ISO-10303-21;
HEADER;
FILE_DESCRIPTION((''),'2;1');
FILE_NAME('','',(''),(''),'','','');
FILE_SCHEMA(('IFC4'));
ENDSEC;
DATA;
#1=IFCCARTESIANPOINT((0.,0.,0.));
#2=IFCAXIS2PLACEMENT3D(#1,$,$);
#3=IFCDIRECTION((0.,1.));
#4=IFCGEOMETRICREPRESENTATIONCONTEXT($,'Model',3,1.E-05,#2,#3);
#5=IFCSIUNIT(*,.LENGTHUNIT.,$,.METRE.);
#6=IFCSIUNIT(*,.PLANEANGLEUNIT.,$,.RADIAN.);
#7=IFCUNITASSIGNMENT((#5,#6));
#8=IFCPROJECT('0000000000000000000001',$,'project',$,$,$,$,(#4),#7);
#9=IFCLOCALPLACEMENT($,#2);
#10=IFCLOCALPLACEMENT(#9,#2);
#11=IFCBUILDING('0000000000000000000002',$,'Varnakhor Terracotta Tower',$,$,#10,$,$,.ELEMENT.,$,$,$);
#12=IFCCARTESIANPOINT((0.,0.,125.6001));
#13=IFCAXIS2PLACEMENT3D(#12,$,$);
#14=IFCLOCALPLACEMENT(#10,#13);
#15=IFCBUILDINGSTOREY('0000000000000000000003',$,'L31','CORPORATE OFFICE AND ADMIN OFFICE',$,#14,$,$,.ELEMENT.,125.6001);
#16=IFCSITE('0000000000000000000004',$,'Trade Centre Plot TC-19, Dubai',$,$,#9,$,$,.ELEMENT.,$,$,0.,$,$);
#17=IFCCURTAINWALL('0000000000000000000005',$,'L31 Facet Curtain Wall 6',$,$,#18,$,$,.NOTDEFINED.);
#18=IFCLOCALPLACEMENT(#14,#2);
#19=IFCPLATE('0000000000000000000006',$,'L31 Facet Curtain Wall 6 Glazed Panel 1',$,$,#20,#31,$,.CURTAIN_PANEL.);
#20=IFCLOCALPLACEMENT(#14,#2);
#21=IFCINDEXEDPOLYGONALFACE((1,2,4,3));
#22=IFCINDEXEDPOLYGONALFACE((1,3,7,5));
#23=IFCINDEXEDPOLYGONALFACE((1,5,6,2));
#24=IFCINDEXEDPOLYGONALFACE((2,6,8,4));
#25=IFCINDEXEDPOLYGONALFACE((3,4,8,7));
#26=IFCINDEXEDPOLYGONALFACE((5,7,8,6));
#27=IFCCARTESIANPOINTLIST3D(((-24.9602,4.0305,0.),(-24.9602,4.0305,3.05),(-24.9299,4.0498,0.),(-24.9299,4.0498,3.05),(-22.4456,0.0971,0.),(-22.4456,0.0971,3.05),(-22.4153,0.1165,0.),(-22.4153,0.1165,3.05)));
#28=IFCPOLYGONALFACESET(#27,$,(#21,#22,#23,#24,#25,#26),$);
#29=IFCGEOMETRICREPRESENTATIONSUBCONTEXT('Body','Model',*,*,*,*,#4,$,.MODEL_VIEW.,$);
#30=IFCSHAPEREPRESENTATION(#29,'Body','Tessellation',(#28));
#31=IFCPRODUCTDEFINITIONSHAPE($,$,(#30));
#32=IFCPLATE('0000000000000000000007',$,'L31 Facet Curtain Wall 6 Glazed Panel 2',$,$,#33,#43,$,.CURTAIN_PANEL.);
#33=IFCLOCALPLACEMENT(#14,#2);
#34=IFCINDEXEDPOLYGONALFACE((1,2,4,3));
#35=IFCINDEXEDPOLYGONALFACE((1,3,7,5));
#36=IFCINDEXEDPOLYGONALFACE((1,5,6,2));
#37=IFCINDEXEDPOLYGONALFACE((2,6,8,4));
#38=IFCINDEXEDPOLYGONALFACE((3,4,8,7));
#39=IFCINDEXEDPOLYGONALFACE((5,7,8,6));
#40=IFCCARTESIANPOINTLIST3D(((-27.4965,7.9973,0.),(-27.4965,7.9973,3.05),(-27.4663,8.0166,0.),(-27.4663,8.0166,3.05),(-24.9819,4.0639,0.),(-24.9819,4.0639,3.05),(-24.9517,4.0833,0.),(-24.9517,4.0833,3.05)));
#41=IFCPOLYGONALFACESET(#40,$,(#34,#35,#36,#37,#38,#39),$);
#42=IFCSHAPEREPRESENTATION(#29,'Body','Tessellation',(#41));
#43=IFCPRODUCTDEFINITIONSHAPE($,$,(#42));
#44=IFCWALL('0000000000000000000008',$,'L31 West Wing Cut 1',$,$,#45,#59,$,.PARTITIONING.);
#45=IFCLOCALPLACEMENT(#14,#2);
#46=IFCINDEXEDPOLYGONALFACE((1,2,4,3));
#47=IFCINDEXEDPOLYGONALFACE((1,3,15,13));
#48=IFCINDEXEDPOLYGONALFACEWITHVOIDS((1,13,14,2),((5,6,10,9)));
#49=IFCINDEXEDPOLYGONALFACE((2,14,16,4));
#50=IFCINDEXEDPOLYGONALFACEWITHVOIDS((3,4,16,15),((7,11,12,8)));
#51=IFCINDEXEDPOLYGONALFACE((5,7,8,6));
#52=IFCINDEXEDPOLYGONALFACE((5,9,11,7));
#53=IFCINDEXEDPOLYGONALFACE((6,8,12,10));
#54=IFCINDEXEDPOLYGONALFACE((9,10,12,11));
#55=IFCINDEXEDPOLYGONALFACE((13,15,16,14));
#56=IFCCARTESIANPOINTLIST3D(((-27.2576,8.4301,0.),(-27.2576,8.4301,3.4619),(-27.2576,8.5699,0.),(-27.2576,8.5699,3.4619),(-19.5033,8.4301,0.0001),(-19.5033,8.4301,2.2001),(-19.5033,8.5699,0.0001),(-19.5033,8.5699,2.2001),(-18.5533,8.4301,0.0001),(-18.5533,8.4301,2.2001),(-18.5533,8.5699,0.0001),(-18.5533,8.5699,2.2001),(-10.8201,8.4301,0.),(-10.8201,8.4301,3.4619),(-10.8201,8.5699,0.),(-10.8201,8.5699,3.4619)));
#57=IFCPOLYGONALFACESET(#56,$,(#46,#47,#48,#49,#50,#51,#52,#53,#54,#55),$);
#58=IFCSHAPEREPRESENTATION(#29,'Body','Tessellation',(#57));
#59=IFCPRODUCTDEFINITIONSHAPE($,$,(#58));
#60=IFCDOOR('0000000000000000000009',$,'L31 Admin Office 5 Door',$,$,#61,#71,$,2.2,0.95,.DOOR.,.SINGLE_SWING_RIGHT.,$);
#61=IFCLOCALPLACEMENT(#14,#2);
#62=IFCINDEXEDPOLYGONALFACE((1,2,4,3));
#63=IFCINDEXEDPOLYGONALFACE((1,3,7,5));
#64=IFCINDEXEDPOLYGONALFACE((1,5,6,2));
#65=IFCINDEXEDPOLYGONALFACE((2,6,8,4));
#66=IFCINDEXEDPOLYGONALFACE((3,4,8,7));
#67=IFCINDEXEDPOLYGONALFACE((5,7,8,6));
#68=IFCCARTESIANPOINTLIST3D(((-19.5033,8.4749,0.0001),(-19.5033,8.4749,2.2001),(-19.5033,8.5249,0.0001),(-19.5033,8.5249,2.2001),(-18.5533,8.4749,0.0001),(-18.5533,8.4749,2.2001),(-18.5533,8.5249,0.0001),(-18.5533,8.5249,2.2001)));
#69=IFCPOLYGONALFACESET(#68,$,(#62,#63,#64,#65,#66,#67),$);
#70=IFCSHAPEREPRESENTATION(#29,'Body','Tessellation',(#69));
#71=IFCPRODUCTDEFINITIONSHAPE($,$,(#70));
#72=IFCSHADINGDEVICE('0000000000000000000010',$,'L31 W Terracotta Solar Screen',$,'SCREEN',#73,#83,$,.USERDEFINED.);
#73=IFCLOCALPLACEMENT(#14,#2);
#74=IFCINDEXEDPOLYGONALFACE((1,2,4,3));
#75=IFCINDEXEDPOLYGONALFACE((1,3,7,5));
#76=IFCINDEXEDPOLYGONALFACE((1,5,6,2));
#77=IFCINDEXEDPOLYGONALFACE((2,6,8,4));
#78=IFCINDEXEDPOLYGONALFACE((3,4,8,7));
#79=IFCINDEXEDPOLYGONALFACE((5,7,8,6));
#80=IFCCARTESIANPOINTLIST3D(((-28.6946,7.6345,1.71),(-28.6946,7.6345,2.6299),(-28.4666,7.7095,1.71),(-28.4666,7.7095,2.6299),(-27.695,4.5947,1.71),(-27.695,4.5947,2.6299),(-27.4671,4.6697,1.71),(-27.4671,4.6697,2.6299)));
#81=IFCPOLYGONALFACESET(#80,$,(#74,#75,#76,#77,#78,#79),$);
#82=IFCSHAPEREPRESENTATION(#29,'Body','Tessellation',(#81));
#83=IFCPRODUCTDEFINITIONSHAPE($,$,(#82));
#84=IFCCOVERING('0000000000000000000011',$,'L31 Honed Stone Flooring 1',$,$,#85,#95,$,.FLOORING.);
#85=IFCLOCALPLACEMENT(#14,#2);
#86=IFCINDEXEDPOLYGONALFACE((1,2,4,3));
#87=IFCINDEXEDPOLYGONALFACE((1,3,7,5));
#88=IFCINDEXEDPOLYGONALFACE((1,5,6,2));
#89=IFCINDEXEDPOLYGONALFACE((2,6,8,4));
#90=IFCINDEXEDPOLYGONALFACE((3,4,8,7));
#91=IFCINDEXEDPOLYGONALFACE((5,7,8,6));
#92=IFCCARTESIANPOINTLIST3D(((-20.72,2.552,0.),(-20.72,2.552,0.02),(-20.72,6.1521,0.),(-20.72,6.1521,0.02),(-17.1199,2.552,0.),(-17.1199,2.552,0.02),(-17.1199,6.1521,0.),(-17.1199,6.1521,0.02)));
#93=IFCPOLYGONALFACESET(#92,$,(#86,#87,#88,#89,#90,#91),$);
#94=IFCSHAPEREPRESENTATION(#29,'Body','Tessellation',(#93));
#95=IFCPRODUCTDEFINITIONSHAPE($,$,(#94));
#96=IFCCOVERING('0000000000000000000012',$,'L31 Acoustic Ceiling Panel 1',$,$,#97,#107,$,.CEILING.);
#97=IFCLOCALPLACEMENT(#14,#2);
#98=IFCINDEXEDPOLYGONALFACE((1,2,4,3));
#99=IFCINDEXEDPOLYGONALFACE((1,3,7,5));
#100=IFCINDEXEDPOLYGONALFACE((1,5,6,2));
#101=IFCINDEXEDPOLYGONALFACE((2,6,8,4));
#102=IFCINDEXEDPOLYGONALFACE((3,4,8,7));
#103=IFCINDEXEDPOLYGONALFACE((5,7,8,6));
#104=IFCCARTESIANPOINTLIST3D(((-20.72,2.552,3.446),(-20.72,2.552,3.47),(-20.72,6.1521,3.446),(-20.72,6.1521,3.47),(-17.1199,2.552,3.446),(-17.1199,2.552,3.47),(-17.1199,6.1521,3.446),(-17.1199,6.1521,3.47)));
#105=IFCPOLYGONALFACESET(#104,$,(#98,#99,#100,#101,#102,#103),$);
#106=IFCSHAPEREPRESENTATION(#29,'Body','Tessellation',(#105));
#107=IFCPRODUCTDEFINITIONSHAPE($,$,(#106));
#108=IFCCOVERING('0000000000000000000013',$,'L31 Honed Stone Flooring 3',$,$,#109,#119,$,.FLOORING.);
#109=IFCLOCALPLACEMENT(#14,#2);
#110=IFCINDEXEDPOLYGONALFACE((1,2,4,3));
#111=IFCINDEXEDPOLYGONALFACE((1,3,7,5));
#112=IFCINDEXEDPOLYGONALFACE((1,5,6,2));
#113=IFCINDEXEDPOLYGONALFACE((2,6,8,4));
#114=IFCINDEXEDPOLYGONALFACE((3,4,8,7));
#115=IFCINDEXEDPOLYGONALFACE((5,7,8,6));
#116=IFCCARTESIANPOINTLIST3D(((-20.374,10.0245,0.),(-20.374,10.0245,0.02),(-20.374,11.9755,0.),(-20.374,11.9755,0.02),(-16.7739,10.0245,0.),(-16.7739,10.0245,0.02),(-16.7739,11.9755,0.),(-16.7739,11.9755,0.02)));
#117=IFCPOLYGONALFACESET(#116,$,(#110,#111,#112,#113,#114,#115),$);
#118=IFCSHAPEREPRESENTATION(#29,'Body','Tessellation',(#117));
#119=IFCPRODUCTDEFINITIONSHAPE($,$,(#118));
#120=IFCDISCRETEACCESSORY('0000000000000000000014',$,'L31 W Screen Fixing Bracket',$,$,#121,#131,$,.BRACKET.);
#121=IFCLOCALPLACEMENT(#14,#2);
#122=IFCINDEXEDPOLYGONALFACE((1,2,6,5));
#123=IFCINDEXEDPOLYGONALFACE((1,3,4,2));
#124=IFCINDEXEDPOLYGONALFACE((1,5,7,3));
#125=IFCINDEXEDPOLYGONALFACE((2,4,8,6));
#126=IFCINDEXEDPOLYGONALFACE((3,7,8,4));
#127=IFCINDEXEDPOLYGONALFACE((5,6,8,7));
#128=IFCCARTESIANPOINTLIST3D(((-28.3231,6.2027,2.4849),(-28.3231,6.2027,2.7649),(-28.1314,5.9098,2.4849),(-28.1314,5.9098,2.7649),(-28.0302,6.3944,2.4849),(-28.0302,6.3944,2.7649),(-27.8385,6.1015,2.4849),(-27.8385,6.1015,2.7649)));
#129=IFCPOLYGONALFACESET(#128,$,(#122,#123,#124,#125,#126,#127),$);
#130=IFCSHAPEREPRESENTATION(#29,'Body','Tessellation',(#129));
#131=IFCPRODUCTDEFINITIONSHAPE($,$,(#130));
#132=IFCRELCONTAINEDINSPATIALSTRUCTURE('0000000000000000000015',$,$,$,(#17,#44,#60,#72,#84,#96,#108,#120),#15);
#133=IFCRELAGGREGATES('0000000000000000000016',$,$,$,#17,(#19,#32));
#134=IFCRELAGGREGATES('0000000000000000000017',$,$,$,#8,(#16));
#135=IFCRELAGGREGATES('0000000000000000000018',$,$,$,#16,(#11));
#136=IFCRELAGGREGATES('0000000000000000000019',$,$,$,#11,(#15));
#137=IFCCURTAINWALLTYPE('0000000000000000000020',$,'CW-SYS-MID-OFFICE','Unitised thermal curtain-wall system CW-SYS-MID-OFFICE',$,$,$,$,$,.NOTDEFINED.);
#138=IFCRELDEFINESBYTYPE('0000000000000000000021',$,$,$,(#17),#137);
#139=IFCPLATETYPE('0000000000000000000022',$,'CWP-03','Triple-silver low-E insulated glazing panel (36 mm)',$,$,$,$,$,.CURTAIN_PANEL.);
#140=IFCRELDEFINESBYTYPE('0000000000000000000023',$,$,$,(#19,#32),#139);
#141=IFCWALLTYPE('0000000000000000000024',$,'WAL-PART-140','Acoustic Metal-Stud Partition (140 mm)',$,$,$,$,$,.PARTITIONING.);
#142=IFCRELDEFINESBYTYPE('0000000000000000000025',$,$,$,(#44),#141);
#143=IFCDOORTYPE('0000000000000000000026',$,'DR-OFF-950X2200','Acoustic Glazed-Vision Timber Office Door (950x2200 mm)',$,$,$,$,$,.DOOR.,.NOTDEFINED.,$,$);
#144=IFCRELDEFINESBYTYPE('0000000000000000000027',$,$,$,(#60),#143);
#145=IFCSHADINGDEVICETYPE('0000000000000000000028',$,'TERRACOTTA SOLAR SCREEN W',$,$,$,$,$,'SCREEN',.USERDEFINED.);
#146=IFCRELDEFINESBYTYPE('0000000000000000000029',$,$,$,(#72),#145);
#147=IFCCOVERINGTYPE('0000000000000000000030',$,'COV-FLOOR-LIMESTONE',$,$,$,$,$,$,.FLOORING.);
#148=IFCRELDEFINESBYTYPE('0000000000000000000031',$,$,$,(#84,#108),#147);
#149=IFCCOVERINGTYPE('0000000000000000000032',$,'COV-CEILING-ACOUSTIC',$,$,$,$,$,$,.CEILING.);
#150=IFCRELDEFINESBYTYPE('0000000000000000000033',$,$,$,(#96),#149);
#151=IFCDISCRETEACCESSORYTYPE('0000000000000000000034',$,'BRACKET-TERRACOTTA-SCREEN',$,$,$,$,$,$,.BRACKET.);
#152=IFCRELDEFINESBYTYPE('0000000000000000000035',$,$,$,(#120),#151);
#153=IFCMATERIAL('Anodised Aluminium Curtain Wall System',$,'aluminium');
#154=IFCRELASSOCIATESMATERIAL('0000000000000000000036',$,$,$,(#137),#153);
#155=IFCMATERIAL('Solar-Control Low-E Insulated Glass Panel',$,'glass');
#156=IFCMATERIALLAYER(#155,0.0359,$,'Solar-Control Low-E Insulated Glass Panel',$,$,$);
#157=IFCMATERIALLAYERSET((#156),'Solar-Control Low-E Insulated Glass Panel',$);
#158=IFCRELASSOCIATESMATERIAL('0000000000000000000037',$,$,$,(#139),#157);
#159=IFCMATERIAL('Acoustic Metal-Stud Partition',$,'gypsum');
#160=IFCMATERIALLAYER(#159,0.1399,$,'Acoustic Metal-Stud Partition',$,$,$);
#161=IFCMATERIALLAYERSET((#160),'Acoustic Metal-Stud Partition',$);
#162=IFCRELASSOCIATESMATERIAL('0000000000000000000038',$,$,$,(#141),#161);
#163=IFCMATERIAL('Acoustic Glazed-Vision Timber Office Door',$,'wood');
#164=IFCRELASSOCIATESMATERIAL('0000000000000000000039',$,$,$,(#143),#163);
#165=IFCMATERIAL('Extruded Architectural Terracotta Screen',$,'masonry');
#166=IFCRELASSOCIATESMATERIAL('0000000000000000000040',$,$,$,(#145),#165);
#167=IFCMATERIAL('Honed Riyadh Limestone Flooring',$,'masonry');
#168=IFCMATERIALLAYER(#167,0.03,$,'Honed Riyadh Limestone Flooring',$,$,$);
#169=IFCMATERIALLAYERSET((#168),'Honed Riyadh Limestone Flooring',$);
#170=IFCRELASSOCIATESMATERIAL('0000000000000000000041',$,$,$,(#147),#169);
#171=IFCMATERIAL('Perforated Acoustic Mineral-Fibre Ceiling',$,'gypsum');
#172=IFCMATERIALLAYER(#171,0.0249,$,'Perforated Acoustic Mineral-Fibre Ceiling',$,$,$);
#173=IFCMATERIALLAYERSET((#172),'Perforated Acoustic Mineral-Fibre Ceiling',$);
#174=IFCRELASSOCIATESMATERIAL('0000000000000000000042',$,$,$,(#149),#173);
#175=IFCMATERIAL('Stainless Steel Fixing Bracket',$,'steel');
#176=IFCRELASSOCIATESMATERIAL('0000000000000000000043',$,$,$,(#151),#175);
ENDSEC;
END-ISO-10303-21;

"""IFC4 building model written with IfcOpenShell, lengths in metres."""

from ifc_helpers import new_model, si_unit, direction, frame, frame_2d, origin, origin_2d, place, context, subcontext, project, spatial, rectangle, extrude, source, transform, mapped, material, layer, layer_set, type_object, type_shapes, element, fill, aggregate, save


model = new_model("IFC4")

# Units and contexts
model_context = context("Model", 3, precision=1e-05, world=origin(), true_north=direction((0.0, 1.0)))
body_context = subcontext(model_context, "Body", "Model", "MODEL_VIEW")
ifc_project = project(units=[si_unit("LENGTHUNIT", "METRE"), si_unit("PLANEANGLEUNIT", "RADIAN")], contexts=[model_context])

# Site, building, storey
site_placement = place(None, origin())
site = spatial("IfcSite", under=ifc_project, at=site_placement, Name="Trade Centre Plot TC-19, Dubai", CompositionType="ELEMENT", RefElevation=0.0)
building_placement = place(site_placement, origin())
building = spatial("IfcBuilding", under=site, at=building_placement, Name="Varnakhor Terracotta Tower", CompositionType="ELEMENT")
storey_placement = place(building_placement, frame((0.0, 0.0, 125.6001)))
storey = spatial("IfcBuildingStorey", under=building, at=storey_placement, Name="L31", Description="CORPORATE OFFICE AND ADMIN OFFICE", CompositionType="ELEMENT", Elevation=125.6001)

# Curtain wall
ifc_material_1 = material(Name="Anodised Aluminium Curtain Wall System", Category="aluminium")
curtain_wall_type = type_object("IfcCurtainWallType", Name="CW-SYS-MID-OFFICE", Description="Unitised thermal curtain-wall system CW-SYS-MID-OFFICE", PredefinedType="NOTDEFINED", material=ifc_material_1)
curtain_wall_1_placement = place(storey_placement, origin())
curtain_wall_1 = element("IfcCurtainWall", 1, at=curtain_wall_1_placement, inside=storey, type_object=curtain_wall_type, Name="L31 Facet Curtain Wall 6", PredefinedType="NOTDEFINED")

# Plates
ifc_material_2 = material(Name="Solar-Control Low-E Insulated Glass Panel", Category="glass")
ifc_layer_1 = layer(ifc_material_2, 0.0359, Name="Solar-Control Low-E Insulated Glass Panel")
ifc_layer_set_1 = layer_set([ifc_layer_1], Name="Solar-Control Low-E Insulated Glass Panel")
plate_type = type_object("IfcPlateType", Name="CWP-03", Description="Triple-silver low-E insulated glazing panel (36 mm)", PredefinedType="CURTAIN_PANEL", material=ifc_layer_set_1)
shared_shape_1 = source(origin(), body_context, "Body", "SweptSolid", [
    extrude(rectangle(XDim=4.6685, YDim=0.0359, at=origin_2d()), origin(), (0.0, 0.0, 1.0), 3.05),
])
plate_1_placement = place(storey_placement, frame((-23.6877, 2.0735, 0.0), z_axis=(0.0, 0.0, 1.0), x_axis=(-0.538638, 0.842537, 0.0)))
plate_1 = element("IfcPlate", 2, at=plate_1_placement, type_object=plate_type, Name="L31 Facet Curtain Wall 6 Glazed Panel 1", PredefinedType="CURTAIN_PANEL", context=body_context, shape_type="MappedRepresentation", body=[
    mapped(shared_shape_1, transform((0.0, 0.0, 0.0), scale=1.0)),
])
plate_2_placement = place(storey_placement, frame((-26.2241, 6.0403, 0.0), z_axis=(0.0, 0.0, 1.0), x_axis=(-0.538638, 0.842537, 0.0)))
plate_2 = element("IfcPlate", 3, at=plate_2_placement, type_object=plate_type, Name="L31 Facet Curtain Wall 6 Glazed Panel 2", PredefinedType="CURTAIN_PANEL", context=body_context, shape_type="MappedRepresentation", body=[
    mapped(shared_shape_1, transform((0.0, 0.0, 0.0), scale=1.0)),
])
aggregate(curtain_wall_1, [plate_1, plate_2])

# Wall, opening, door
ifc_material_3 = material(Name="Acoustic Metal-Stud Partition", Category="gypsum")
ifc_layer_2 = layer(ifc_material_3, 0.1399, Name="Acoustic Metal-Stud Partition")
ifc_layer_set_2 = layer_set([ifc_layer_2], Name="Acoustic Metal-Stud Partition")
wall_type = type_object("IfcWallType", Name="WAL-PART-140", Description="Acoustic Metal-Stud Partition (140 mm)", PredefinedType="PARTITIONING", material=ifc_layer_set_2)
wall_placement = place(storey_placement, frame((-27.2576, 8.5, 0.0), z_axis=(0.0, 0.0, 1.0), x_axis=(1.0, 0.0, 0.0)))
wall = element("IfcWall", 4, at=wall_placement, inside=storey, type_object=wall_type, Name="L31 West Wing Cut 1", PredefinedType="PARTITIONING", context=body_context, shape_type="SweptSolid", body=[
    extrude(rectangle(XDim=16.4375, YDim=0.1399, at=frame_2d((8.2188, 0.0))), origin(), (0.0, 0.0, 1.0), 3.4619),
])
opening_placement = place(wall_placement, frame((7.7542, 0.0, 0.0)))
opening = element("IfcOpeningElement", 5, at=opening_placement, cuts=wall, PredefinedType="OPENING", context=body_context, shape_type="SweptSolid", body=[
    extrude(rectangle(XDim=0.95, YDim=2.2, at=frame_2d((0.4751, 1.1001))), frame((0.0, 0.0801, 0.0), z_axis=(0.0, -1.0, 0.0), x_axis=(1.0, 0.0, 0.0)), (0.0, 0.0, 1.0), 0.1599),
])
ifc_material_4 = material(Name="Acoustic Glazed-Vision Timber Office Door", Category="wood")
door_type = type_object("IfcDoorType", Name="DR-OFF-950X2200", Description="Acoustic Glazed-Vision Timber Office Door (950x2200 mm)", OperationType="NOTDEFINED", PredefinedType="DOOR", material=ifc_material_4)
shared_shape_2 = source(origin(), body_context, "Body", "SweptSolid", [
    extrude(rectangle(XDim=0.95, YDim=2.2, at=frame_2d((0.4751, 1.1001))), frame((0.0, 0.0249, 0.0), z_axis=(0.0, -1.0, 0.0), x_axis=(1.0, 0.0, 0.0)), (0.0, 0.0, 1.0), 0.05),
])
type_shapes(door_type, [shared_shape_2])
door_placement = place(opening_placement, origin())
door = element("IfcDoor", 6, at=door_placement, inside=storey, type_object=door_type, Name="L31 Admin Office 5 Door", OperationType="SINGLE_SWING_RIGHT", OverallHeight=2.2, OverallWidth=0.95, PredefinedType="DOOR", context=body_context, shape_type="MappedRepresentation", body=[
    mapped(shared_shape_2, transform((0.0, 0.0, 0.0), scale=1.0)),
])
fill(opening, door)

# Shading device
ifc_material_5 = material(Name="Extruded Architectural Terracotta Screen", Category="masonry")
shading_device_type = type_object("IfcShadingDeviceType", Name="TERRACOTTA SOLAR SCREEN W", ElementType="SCREEN", PredefinedType="USERDEFINED", material=ifc_material_5)
shared_shape_3 = source(origin(), body_context, "Body", "SweptSolid", [
    extrude(rectangle(XDim=3.2, YDim=0.24, at=origin_2d()), origin(), (0.0, 0.0, 1.0), 0.9199),
])
type_shapes(shading_device_type, [shared_shape_3])
shading_device_placement = place(storey_placement, frame((-28.0808, 6.1521, 1.71), z_axis=(0.0, 0.0, 1.0), x_axis=(0.312351, -0.949967, 0.0)))
element("IfcShadingDevice", 7, at=shading_device_placement, inside=storey, type_object=shading_device_type, Name="L31 W Terracotta Solar Screen", ObjectType="SCREEN", PredefinedType="USERDEFINED", context=body_context, shape_type="MappedRepresentation", body=[
    mapped(shared_shape_3, transform((0.0, 0.0, 0.0), scale=1.0)),
])

# Coverings
ifc_material_6 = material(Name="Honed Riyadh Limestone Flooring", Category="masonry")
ifc_layer_3 = layer(ifc_material_6, 0.03, Name="Honed Riyadh Limestone Flooring")
ifc_layer_set_3 = layer_set([ifc_layer_3], Name="Honed Riyadh Limestone Flooring")
covering_type_1 = type_object("IfcCoveringType", Name="COV-FLOOR-LIMESTONE", PredefinedType="FLOORING", material=ifc_layer_set_3)
shared_shape_4 = source(origin(), body_context, "Body", "SweptSolid", [
    extrude(rectangle(XDim=3.6001, YDim=3.6001, at=origin_2d()), origin(), (0.0, 0.0, 1.0), 0.02),
])
covering_1_placement = place(storey_placement, frame((-18.9199, 4.3521, 0.0), z_axis=(0.0, 0.0, 1.0), x_axis=(1.0, 0.0, 0.0)))
element("IfcCovering", 8, at=covering_1_placement, inside=storey, type_object=covering_type_1, Name="L31 Honed Stone Flooring 1", PredefinedType="FLOORING", context=body_context, shape_type="MappedRepresentation", body=[
    mapped(shared_shape_4, transform((0.0, 0.0, 0.0), scale=1.0)),
])
ifc_material_7 = material(Name="Perforated Acoustic Mineral-Fibre Ceiling", Category="gypsum")
ifc_layer_4 = layer(ifc_material_7, 0.0249, Name="Perforated Acoustic Mineral-Fibre Ceiling")
ifc_layer_set_4 = layer_set([ifc_layer_4], Name="Perforated Acoustic Mineral-Fibre Ceiling")
covering_type_2 = type_object("IfcCoveringType", Name="COV-CEILING-ACOUSTIC", PredefinedType="CEILING", material=ifc_layer_set_4)
shared_shape_5 = source(origin(), body_context, "Body", "SweptSolid", [
    extrude(rectangle(XDim=3.6001, YDim=3.6001, at=origin_2d()), origin(), (0.0, 0.0, 1.0), 0.0239),
])
covering_2_placement = place(storey_placement, frame((-18.9199, 4.3521, 3.446), z_axis=(0.0, 0.0, 1.0), x_axis=(1.0, 0.0, 0.0)))
element("IfcCovering", 9, at=covering_2_placement, inside=storey, type_object=covering_type_2, Name="L31 Acoustic Ceiling Panel 1", PredefinedType="CEILING", context=body_context, shape_type="MappedRepresentation", body=[
    mapped(shared_shape_5, transform((0.0, 0.0, 0.0), scale=1.0)),
])
shared_shape_6 = source(origin(), body_context, "Body", "SweptSolid", [
    extrude(rectangle(XDim=3.6001, YDim=1.9509, at=origin_2d()), origin(), (0.0, 0.0, 1.0), 0.02),
])
covering_3_placement = place(storey_placement, frame((-18.574, 11.0, 0.0), z_axis=(0.0, 0.0, 1.0), x_axis=(1.0, 0.0, 0.0)))
element("IfcCovering", 10, at=covering_3_placement, inside=storey, type_object=covering_type_1, Name="L31 Honed Stone Flooring 3", PredefinedType="FLOORING", context=body_context, shape_type="MappedRepresentation", body=[
    mapped(shared_shape_6, transform((0.0, 0.0, 0.0), scale=1.0)),
])

# Discrete accessory
ifc_material_8 = material(Name="Stainless Steel Fixing Bracket", Category="steel")
discrete_accessory_type = type_object("IfcDiscreteAccessoryType", Name="BRACKET-TERRACOTTA-SCREEN", PredefinedType="BRACKET", material=ifc_material_8)
shared_shape_7 = source(origin(), body_context, "Body", "SweptSolid", [
    extrude(rectangle(XDim=0.3501, YDim=0.3501, at=origin_2d()), origin(), (0.0, 0.0, 1.0), 0.28),
])
type_shapes(discrete_accessory_type, [shared_shape_7])
discrete_accessory_placement = place(storey_placement, frame((-28.0808, 6.1521, 2.4849), z_axis=(0.0, 0.0, 1.0), x_axis=(0.547578, -0.836755, 0.0)))
element("IfcDiscreteAccessory", 11, at=discrete_accessory_placement, inside=storey, type_object=discrete_accessory_type, Name="L31 W Screen Fixing Bracket", PredefinedType="BRACKET", context=body_context, shape_type="MappedRepresentation", body=[
    mapped(shared_shape_7, transform((0.0, 0.0, 0.0), scale=1.0)),
])

save(model, "model.ifc")
